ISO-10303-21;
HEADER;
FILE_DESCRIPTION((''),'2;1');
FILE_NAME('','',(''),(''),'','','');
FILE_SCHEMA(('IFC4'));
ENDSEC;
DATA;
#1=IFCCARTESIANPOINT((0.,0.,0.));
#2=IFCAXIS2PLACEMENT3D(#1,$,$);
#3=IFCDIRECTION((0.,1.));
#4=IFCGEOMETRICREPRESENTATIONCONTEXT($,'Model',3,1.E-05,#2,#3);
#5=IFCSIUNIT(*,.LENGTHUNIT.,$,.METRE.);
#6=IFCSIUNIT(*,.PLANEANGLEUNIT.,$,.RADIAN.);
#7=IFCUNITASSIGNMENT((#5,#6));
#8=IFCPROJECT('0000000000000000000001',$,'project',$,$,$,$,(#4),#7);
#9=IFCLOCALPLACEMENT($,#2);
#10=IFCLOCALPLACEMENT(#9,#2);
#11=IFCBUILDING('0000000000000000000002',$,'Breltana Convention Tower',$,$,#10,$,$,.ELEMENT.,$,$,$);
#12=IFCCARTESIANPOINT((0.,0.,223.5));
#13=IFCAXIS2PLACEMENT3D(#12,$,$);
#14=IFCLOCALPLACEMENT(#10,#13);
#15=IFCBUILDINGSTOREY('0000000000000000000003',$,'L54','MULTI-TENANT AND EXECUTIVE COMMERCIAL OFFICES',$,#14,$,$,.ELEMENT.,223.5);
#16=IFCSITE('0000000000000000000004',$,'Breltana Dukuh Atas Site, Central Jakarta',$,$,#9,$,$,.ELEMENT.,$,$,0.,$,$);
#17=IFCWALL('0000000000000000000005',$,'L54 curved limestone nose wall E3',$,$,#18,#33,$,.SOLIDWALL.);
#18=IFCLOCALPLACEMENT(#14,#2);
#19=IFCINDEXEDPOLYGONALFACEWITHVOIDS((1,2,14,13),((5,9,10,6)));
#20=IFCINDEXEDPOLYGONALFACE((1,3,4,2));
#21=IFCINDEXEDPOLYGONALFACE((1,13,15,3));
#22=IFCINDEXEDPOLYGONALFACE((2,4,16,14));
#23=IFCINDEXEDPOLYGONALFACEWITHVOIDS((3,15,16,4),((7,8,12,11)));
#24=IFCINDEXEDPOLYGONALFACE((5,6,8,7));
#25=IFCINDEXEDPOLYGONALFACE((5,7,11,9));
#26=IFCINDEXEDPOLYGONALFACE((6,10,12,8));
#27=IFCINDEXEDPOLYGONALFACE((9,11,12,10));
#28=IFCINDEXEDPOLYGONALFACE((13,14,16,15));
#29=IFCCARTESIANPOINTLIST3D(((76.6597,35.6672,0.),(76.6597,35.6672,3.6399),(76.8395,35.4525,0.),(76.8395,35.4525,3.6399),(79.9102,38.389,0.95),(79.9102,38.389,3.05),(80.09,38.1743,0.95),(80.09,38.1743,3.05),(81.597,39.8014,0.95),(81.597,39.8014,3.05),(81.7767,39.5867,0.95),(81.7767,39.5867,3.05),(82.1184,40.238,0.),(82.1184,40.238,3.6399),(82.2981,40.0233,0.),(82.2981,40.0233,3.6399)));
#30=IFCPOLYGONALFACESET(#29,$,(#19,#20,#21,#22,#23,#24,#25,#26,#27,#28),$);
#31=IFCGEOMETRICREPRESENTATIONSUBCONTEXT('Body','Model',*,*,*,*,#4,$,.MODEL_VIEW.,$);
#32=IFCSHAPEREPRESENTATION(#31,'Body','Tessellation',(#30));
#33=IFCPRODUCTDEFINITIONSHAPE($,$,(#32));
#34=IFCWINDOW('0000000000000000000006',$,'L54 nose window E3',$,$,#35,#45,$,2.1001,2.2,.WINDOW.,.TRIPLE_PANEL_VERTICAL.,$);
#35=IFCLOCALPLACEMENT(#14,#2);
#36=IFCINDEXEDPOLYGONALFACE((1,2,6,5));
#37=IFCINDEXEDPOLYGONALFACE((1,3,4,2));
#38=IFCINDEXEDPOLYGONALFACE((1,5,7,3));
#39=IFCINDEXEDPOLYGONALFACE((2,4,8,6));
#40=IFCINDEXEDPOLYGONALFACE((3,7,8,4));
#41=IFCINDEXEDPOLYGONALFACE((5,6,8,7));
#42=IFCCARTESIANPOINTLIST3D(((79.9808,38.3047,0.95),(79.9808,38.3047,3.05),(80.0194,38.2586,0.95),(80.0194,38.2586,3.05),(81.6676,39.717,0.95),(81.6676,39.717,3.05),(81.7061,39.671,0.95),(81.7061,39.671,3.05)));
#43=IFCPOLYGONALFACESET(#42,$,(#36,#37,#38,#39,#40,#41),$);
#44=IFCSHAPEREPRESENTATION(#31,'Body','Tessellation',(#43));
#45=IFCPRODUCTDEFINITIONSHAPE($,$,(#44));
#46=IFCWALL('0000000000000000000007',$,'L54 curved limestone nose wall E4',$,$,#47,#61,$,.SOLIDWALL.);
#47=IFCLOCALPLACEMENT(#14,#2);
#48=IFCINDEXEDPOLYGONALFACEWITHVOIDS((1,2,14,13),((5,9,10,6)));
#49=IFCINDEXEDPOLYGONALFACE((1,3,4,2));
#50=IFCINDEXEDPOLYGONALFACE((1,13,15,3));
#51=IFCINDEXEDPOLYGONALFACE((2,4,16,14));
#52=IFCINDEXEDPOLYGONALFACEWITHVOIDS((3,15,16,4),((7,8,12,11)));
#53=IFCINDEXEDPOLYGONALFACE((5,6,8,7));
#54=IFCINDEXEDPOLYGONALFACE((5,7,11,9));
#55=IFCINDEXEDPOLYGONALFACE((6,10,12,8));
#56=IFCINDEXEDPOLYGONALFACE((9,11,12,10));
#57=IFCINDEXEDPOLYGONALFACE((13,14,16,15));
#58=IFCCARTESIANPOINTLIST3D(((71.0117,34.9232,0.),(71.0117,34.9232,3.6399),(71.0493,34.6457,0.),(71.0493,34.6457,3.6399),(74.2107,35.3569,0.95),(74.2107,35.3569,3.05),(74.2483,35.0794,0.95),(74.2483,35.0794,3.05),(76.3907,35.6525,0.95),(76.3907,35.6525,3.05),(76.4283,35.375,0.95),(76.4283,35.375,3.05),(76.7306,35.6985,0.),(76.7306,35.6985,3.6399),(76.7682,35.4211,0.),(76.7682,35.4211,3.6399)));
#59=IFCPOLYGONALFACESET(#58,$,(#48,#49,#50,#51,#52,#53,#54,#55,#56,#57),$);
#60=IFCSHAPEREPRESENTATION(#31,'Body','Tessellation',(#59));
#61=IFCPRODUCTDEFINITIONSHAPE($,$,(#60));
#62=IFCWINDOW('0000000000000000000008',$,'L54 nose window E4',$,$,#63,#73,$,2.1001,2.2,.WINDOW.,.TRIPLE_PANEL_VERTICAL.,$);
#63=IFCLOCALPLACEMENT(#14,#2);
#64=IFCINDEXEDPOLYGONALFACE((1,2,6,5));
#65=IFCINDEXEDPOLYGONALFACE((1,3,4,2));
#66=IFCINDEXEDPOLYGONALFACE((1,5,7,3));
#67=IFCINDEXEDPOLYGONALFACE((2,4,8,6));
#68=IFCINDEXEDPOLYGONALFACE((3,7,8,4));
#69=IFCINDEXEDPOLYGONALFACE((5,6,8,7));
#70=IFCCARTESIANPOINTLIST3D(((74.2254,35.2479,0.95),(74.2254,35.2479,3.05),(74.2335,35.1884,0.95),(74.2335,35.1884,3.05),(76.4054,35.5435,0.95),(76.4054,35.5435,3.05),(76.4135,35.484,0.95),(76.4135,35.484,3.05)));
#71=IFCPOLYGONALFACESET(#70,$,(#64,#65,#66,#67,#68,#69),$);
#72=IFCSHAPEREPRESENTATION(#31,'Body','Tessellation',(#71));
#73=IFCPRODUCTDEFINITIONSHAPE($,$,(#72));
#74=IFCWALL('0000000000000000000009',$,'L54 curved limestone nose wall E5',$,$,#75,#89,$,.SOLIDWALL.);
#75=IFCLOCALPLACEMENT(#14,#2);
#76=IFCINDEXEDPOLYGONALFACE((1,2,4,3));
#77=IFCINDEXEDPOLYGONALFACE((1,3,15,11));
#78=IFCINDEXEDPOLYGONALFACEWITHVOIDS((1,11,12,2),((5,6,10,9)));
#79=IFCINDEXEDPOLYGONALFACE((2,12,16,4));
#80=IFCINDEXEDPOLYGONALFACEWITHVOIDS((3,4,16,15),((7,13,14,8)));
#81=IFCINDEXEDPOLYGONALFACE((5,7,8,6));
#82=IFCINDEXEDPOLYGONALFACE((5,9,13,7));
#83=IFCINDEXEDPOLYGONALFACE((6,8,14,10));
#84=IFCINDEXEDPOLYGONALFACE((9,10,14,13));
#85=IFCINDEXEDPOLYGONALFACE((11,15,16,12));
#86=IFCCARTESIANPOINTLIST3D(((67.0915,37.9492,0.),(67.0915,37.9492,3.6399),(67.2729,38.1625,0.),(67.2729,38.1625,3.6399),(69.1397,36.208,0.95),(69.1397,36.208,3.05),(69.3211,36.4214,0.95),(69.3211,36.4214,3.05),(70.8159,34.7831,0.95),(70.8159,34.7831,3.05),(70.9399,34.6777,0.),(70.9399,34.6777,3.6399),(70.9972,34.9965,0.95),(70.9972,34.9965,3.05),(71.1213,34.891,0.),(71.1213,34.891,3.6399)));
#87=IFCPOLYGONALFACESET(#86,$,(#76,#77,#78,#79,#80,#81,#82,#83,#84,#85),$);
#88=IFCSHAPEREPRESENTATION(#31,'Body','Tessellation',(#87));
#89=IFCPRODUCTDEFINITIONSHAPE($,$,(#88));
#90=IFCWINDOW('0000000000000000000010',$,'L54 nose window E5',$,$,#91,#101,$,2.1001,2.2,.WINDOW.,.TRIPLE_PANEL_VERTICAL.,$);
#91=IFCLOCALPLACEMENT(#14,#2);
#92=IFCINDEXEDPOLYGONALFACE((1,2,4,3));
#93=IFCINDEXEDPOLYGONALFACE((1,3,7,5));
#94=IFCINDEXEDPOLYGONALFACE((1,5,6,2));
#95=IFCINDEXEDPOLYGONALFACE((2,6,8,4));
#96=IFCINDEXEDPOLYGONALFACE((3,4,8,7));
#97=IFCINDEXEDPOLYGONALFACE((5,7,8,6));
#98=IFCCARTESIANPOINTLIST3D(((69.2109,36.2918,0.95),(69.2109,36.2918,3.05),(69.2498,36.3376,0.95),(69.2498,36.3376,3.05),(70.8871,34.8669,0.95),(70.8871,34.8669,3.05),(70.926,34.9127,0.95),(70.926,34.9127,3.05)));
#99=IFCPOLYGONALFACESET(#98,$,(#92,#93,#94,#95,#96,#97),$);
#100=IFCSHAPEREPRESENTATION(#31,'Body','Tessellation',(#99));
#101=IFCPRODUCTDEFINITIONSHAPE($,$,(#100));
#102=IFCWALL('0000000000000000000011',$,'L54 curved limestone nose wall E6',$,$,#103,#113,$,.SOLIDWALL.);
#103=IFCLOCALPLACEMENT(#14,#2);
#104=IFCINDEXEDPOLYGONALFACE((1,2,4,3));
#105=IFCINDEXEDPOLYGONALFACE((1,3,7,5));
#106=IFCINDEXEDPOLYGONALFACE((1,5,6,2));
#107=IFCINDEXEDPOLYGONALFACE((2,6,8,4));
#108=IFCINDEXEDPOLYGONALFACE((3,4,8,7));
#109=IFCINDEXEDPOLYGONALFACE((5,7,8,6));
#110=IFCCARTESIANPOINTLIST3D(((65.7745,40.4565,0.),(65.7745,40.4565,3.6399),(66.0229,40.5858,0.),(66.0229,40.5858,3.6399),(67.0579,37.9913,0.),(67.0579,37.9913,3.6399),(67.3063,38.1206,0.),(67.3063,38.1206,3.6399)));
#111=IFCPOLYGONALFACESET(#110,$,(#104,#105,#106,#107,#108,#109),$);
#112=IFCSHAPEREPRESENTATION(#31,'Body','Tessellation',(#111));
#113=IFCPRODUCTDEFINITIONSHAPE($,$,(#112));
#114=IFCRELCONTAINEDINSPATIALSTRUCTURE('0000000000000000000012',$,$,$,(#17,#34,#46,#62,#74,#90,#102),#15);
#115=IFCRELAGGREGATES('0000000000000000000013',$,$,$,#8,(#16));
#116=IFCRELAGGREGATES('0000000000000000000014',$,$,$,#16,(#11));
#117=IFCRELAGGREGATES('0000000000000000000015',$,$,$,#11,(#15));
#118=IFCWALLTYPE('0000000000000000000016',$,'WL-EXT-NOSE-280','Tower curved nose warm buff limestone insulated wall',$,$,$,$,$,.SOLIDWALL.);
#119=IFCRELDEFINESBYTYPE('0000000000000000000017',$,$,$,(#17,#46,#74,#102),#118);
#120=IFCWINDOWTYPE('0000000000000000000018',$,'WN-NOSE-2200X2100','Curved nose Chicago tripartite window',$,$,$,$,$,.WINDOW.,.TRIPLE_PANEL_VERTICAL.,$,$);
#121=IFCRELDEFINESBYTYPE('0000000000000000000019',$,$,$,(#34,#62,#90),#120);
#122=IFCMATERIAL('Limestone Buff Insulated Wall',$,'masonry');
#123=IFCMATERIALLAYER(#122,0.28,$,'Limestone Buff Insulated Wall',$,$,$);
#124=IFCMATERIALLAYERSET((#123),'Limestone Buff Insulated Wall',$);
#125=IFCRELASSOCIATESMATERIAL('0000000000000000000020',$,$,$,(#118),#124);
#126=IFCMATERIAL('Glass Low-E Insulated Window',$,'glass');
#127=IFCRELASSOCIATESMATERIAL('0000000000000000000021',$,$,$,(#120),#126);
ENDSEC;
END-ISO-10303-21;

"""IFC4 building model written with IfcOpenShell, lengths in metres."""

from ifc_helpers import new_model, si_unit, direction, frame, frame_2d, origin, place, context, subcontext, project, spatial, rectangle, extrude, source, transform, mapped, material, layer, layer_set, type_object, type_shapes, element, fill, save


model = new_model("IFC4")

# Units and contexts
model_context = context("Model", 3, precision=1e-05, world=origin(), true_north=direction((0.0, 1.0)))
body_context = subcontext(model_context, "Body", "Model", "MODEL_VIEW")
ifc_project = project(units=[si_unit("LENGTHUNIT", "METRE"), si_unit("PLANEANGLEUNIT", "RADIAN")], contexts=[model_context])

# Site, building, storey
site_placement = place(None, origin())
site = spatial("IfcSite", under=ifc_project, at=site_placement, Name="Breltana Dukuh Atas Site, Central Jakarta", CompositionType="ELEMENT", RefElevation=0.0)
building_placement = place(site_placement, origin())
building = spatial("IfcBuilding", under=site, at=building_placement, Name="Breltana Convention Tower", CompositionType="ELEMENT")
storey_placement = place(building_placement, frame((0.0, 0.0, 223.5)))
storey = spatial("IfcBuildingStorey", under=building, at=storey_placement, Name="L54", Description="MULTI-TENANT AND EXECUTIVE COMMERCIAL OFFICES", CompositionType="ELEMENT", Elevation=223.5)

# Walls, openings, windows
ifc_material_1 = material(Name="Limestone Buff Insulated Wall", Category="masonry")
ifc_layer_1 = layer(ifc_material_1, 0.28, Name="Limestone Buff Insulated Wall")
ifc_layer_set_1 = layer_set([ifc_layer_1], Name="Limestone Buff Insulated Wall")
wall_type = type_object("IfcWallType", Name="WL-EXT-NOSE-280", Description="Tower curved nose warm buff limestone insulated wall", PredefinedType="SOLIDWALL", material=ifc_layer_set_1)
shared_shape_1 = source(origin(), body_context, "Body", "SweptSolid", [
    extrude(rectangle(XDim=7.1196, YDim=0.28, at=frame_2d((3.5598, 0.0))), origin(), (0.0, 0.0, 1.0), 3.6399),
])
wall_1_placement = place(storey_placement, frame((82.2083, 40.1306, 0.0), z_axis=(0.0, 0.0, 1.0), x_axis=(-0.76671, -0.641994, 0.0)))
wall_1 = element("IfcWall", 1, at=wall_1_placement, inside=storey, type_object=wall_type, Name="L54 curved limestone nose wall E3", PredefinedType="SOLIDWALL", context=body_context, shape_type="MappedRepresentation", body=[
    mapped(shared_shape_1, transform((0.0, 0.0, 0.0), scale=1.0)),
])
opening_1_placement = place(wall_1_placement, frame((0.6799, 0.0, 0.95)))
opening_1 = element("IfcOpeningElement", 2, at=opening_1_placement, cuts=wall_1, PredefinedType="OPENING", context=body_context, shape_type="SweptSolid", body=[
    extrude(rectangle(XDim=2.2, YDim=2.1001, at=frame_2d((1.1001, 1.05))), frame((0.0, 0.1499, 0.0), z_axis=(0.0, -1.0, 0.0), x_axis=(1.0, 0.0, 0.0)), (0.0, 0.0, 1.0), 0.3),
])
ifc_material_2 = material(Name="Glass Low-E Insulated Window", Category="glass")
window_type = type_object("IfcWindowType", Name="WN-NOSE-2200X2100", Description="Curved nose Chicago tripartite window", PartitioningType="TRIPLE_PANEL_VERTICAL", PredefinedType="WINDOW", material=ifc_material_2)
shared_shape_2 = source(origin(), body_context, "Body", "SweptSolid", [
    extrude(rectangle(XDim=2.2, YDim=2.1001, at=frame_2d((1.1001, 1.05))), frame((0.0, 0.03, 0.0), z_axis=(0.0, -1.0, 0.0), x_axis=(1.0, 0.0, 0.0)), (0.0, 0.0, 1.0), 0.0601),
])
type_shapes(window_type, [shared_shape_2])
window_1_placement = place(opening_1_placement, origin())
window_1 = element("IfcWindow", 3, at=window_1_placement, inside=storey, type_object=window_type, Name="L54 nose window E3", OverallHeight=2.1001, OverallWidth=2.2, PartitioningType="TRIPLE_PANEL_VERTICAL", PredefinedType="WINDOW", context=body_context, shape_type="MappedRepresentation", body=[
    mapped(shared_shape_2, transform((0.0, 0.0, 0.0), scale=1.0)),
])
fill(opening_1, window_1)
shared_shape_3 = source(origin(), body_context, "Body", "SweptSolid", [
    extrude(rectangle(XDim=5.7712, YDim=0.28, at=frame_2d((2.8857, 0.0))), origin(), (0.0, 0.0, 1.0), 3.6399),
])
wall_2_placement = place(storey_placement, frame((76.7495, 35.5598, 0.0), z_axis=(0.0, 0.0, 1.0), x_axis=(-0.990934, -0.134352, 0.0)))
wall_2 = element("IfcWall", 4, at=wall_2_placement, inside=storey, type_object=wall_type, Name="L54 curved limestone nose wall E4", PredefinedType="SOLIDWALL", context=body_context, shape_type="MappedRepresentation", body=[
    mapped(shared_shape_3, transform((0.0, 0.0, 0.0), scale=1.0)),
])
opening_2_placement = place(wall_2_placement, frame((0.343, 0.0, 0.95)))
opening_2 = element("IfcOpeningElement", 5, at=opening_2_placement, cuts=wall_2, PredefinedType="OPENING", context=body_context, shape_type="SweptSolid", body=[
    extrude(rectangle(XDim=2.2, YDim=2.1001, at=frame_2d((1.1001, 1.05))), frame((0.0, 0.1499, 0.0), z_axis=(0.0, -1.0, 0.0), x_axis=(1.0, 0.0, 0.0)), (0.0, 0.0, 1.0), 0.3),
])
window_2_placement = place(opening_2_placement, origin())
window_2 = element("IfcWindow", 6, at=window_2_placement, inside=storey, type_object=window_type, Name="L54 nose window E4", OverallHeight=2.1001, OverallWidth=2.2, PartitioningType="TRIPLE_PANEL_VERTICAL", PredefinedType="WINDOW", context=body_context, shape_type="MappedRepresentation", body=[
    mapped(shared_shape_2, transform((0.0, 0.0, 0.0), scale=1.0)),
])
fill(opening_2, window_2)
shared_shape_4 = source(origin(), body_context, "Body", "SweptSolid", [
    extrude(rectangle(XDim=5.051, YDim=0.28, at=frame_2d((2.5254, 0.0))), origin(), (0.0, 0.0, 1.0), 3.6399),
])
wall_3_placement = place(storey_placement, frame((71.0305, 34.7844, 0.0), z_axis=(0.0, 0.0, 1.0), x_axis=(-0.761905, 0.647689, 0.0)))
wall_3 = element("IfcWall", 7, at=wall_3_placement, inside=storey, type_object=wall_type, Name="L54 curved limestone nose wall E5", PredefinedType="SOLIDWALL", context=body_context, shape_type="MappedRepresentation", body=[
    mapped(shared_shape_4, transform((0.0, 0.0, 0.0), scale=1.0)),
])
opening_3_placement = place(wall_3_placement, frame((0.1626, 0.0, 0.95)))
opening_3 = element("IfcOpeningElement", 8, at=opening_3_placement, cuts=wall_3, PredefinedType="OPENING", context=body_context, shape_type="SweptSolid", body=[
    extrude(rectangle(XDim=2.2, YDim=2.1001, at=frame_2d((1.1001, 1.05))), frame((0.0, 0.1499, 0.0), z_axis=(0.0, -1.0, 0.0), x_axis=(1.0, 0.0, 0.0)), (0.0, 0.0, 1.0), 0.3),
])
window_3_placement = place(opening_3_placement, origin())
window_3 = element("IfcWindow", 9, at=window_3_placement, inside=storey, type_object=window_type, Name="L54 nose window E5", OverallHeight=2.1001, OverallWidth=2.2, PartitioningType="TRIPLE_PANEL_VERTICAL", PredefinedType="WINDOW", context=body_context, shape_type="MappedRepresentation", body=[
    mapped(shared_shape_2, transform((0.0, 0.0, 0.0), scale=1.0)),
])
fill(opening_3, window_3)

# Wall
shared_shape_5 = source(origin(), body_context, "Body", "SweptSolid", [
    extrude(rectangle(XDim=2.7793, YDim=0.28, at=frame_2d((1.3896, 0.0))), origin(), (0.0, 0.0, 1.0), 3.6399),
])
wall_4_placement = place(storey_placement, frame((67.1821, 38.0559, 0.0), z_axis=(0.0, 0.0, 1.0), x_axis=(-0.46177, 0.887, 0.0)))
element("IfcWall", 10, at=wall_4_placement, inside=storey, type_object=wall_type, Name="L54 curved limestone nose wall E6", PredefinedType="SOLIDWALL", context=body_context, shape_type="MappedRepresentation", body=[
    mapped(shared_shape_5, transform((0.0, 0.0, 0.0), scale=1.0)),
])

save(model, "model.ifc")
